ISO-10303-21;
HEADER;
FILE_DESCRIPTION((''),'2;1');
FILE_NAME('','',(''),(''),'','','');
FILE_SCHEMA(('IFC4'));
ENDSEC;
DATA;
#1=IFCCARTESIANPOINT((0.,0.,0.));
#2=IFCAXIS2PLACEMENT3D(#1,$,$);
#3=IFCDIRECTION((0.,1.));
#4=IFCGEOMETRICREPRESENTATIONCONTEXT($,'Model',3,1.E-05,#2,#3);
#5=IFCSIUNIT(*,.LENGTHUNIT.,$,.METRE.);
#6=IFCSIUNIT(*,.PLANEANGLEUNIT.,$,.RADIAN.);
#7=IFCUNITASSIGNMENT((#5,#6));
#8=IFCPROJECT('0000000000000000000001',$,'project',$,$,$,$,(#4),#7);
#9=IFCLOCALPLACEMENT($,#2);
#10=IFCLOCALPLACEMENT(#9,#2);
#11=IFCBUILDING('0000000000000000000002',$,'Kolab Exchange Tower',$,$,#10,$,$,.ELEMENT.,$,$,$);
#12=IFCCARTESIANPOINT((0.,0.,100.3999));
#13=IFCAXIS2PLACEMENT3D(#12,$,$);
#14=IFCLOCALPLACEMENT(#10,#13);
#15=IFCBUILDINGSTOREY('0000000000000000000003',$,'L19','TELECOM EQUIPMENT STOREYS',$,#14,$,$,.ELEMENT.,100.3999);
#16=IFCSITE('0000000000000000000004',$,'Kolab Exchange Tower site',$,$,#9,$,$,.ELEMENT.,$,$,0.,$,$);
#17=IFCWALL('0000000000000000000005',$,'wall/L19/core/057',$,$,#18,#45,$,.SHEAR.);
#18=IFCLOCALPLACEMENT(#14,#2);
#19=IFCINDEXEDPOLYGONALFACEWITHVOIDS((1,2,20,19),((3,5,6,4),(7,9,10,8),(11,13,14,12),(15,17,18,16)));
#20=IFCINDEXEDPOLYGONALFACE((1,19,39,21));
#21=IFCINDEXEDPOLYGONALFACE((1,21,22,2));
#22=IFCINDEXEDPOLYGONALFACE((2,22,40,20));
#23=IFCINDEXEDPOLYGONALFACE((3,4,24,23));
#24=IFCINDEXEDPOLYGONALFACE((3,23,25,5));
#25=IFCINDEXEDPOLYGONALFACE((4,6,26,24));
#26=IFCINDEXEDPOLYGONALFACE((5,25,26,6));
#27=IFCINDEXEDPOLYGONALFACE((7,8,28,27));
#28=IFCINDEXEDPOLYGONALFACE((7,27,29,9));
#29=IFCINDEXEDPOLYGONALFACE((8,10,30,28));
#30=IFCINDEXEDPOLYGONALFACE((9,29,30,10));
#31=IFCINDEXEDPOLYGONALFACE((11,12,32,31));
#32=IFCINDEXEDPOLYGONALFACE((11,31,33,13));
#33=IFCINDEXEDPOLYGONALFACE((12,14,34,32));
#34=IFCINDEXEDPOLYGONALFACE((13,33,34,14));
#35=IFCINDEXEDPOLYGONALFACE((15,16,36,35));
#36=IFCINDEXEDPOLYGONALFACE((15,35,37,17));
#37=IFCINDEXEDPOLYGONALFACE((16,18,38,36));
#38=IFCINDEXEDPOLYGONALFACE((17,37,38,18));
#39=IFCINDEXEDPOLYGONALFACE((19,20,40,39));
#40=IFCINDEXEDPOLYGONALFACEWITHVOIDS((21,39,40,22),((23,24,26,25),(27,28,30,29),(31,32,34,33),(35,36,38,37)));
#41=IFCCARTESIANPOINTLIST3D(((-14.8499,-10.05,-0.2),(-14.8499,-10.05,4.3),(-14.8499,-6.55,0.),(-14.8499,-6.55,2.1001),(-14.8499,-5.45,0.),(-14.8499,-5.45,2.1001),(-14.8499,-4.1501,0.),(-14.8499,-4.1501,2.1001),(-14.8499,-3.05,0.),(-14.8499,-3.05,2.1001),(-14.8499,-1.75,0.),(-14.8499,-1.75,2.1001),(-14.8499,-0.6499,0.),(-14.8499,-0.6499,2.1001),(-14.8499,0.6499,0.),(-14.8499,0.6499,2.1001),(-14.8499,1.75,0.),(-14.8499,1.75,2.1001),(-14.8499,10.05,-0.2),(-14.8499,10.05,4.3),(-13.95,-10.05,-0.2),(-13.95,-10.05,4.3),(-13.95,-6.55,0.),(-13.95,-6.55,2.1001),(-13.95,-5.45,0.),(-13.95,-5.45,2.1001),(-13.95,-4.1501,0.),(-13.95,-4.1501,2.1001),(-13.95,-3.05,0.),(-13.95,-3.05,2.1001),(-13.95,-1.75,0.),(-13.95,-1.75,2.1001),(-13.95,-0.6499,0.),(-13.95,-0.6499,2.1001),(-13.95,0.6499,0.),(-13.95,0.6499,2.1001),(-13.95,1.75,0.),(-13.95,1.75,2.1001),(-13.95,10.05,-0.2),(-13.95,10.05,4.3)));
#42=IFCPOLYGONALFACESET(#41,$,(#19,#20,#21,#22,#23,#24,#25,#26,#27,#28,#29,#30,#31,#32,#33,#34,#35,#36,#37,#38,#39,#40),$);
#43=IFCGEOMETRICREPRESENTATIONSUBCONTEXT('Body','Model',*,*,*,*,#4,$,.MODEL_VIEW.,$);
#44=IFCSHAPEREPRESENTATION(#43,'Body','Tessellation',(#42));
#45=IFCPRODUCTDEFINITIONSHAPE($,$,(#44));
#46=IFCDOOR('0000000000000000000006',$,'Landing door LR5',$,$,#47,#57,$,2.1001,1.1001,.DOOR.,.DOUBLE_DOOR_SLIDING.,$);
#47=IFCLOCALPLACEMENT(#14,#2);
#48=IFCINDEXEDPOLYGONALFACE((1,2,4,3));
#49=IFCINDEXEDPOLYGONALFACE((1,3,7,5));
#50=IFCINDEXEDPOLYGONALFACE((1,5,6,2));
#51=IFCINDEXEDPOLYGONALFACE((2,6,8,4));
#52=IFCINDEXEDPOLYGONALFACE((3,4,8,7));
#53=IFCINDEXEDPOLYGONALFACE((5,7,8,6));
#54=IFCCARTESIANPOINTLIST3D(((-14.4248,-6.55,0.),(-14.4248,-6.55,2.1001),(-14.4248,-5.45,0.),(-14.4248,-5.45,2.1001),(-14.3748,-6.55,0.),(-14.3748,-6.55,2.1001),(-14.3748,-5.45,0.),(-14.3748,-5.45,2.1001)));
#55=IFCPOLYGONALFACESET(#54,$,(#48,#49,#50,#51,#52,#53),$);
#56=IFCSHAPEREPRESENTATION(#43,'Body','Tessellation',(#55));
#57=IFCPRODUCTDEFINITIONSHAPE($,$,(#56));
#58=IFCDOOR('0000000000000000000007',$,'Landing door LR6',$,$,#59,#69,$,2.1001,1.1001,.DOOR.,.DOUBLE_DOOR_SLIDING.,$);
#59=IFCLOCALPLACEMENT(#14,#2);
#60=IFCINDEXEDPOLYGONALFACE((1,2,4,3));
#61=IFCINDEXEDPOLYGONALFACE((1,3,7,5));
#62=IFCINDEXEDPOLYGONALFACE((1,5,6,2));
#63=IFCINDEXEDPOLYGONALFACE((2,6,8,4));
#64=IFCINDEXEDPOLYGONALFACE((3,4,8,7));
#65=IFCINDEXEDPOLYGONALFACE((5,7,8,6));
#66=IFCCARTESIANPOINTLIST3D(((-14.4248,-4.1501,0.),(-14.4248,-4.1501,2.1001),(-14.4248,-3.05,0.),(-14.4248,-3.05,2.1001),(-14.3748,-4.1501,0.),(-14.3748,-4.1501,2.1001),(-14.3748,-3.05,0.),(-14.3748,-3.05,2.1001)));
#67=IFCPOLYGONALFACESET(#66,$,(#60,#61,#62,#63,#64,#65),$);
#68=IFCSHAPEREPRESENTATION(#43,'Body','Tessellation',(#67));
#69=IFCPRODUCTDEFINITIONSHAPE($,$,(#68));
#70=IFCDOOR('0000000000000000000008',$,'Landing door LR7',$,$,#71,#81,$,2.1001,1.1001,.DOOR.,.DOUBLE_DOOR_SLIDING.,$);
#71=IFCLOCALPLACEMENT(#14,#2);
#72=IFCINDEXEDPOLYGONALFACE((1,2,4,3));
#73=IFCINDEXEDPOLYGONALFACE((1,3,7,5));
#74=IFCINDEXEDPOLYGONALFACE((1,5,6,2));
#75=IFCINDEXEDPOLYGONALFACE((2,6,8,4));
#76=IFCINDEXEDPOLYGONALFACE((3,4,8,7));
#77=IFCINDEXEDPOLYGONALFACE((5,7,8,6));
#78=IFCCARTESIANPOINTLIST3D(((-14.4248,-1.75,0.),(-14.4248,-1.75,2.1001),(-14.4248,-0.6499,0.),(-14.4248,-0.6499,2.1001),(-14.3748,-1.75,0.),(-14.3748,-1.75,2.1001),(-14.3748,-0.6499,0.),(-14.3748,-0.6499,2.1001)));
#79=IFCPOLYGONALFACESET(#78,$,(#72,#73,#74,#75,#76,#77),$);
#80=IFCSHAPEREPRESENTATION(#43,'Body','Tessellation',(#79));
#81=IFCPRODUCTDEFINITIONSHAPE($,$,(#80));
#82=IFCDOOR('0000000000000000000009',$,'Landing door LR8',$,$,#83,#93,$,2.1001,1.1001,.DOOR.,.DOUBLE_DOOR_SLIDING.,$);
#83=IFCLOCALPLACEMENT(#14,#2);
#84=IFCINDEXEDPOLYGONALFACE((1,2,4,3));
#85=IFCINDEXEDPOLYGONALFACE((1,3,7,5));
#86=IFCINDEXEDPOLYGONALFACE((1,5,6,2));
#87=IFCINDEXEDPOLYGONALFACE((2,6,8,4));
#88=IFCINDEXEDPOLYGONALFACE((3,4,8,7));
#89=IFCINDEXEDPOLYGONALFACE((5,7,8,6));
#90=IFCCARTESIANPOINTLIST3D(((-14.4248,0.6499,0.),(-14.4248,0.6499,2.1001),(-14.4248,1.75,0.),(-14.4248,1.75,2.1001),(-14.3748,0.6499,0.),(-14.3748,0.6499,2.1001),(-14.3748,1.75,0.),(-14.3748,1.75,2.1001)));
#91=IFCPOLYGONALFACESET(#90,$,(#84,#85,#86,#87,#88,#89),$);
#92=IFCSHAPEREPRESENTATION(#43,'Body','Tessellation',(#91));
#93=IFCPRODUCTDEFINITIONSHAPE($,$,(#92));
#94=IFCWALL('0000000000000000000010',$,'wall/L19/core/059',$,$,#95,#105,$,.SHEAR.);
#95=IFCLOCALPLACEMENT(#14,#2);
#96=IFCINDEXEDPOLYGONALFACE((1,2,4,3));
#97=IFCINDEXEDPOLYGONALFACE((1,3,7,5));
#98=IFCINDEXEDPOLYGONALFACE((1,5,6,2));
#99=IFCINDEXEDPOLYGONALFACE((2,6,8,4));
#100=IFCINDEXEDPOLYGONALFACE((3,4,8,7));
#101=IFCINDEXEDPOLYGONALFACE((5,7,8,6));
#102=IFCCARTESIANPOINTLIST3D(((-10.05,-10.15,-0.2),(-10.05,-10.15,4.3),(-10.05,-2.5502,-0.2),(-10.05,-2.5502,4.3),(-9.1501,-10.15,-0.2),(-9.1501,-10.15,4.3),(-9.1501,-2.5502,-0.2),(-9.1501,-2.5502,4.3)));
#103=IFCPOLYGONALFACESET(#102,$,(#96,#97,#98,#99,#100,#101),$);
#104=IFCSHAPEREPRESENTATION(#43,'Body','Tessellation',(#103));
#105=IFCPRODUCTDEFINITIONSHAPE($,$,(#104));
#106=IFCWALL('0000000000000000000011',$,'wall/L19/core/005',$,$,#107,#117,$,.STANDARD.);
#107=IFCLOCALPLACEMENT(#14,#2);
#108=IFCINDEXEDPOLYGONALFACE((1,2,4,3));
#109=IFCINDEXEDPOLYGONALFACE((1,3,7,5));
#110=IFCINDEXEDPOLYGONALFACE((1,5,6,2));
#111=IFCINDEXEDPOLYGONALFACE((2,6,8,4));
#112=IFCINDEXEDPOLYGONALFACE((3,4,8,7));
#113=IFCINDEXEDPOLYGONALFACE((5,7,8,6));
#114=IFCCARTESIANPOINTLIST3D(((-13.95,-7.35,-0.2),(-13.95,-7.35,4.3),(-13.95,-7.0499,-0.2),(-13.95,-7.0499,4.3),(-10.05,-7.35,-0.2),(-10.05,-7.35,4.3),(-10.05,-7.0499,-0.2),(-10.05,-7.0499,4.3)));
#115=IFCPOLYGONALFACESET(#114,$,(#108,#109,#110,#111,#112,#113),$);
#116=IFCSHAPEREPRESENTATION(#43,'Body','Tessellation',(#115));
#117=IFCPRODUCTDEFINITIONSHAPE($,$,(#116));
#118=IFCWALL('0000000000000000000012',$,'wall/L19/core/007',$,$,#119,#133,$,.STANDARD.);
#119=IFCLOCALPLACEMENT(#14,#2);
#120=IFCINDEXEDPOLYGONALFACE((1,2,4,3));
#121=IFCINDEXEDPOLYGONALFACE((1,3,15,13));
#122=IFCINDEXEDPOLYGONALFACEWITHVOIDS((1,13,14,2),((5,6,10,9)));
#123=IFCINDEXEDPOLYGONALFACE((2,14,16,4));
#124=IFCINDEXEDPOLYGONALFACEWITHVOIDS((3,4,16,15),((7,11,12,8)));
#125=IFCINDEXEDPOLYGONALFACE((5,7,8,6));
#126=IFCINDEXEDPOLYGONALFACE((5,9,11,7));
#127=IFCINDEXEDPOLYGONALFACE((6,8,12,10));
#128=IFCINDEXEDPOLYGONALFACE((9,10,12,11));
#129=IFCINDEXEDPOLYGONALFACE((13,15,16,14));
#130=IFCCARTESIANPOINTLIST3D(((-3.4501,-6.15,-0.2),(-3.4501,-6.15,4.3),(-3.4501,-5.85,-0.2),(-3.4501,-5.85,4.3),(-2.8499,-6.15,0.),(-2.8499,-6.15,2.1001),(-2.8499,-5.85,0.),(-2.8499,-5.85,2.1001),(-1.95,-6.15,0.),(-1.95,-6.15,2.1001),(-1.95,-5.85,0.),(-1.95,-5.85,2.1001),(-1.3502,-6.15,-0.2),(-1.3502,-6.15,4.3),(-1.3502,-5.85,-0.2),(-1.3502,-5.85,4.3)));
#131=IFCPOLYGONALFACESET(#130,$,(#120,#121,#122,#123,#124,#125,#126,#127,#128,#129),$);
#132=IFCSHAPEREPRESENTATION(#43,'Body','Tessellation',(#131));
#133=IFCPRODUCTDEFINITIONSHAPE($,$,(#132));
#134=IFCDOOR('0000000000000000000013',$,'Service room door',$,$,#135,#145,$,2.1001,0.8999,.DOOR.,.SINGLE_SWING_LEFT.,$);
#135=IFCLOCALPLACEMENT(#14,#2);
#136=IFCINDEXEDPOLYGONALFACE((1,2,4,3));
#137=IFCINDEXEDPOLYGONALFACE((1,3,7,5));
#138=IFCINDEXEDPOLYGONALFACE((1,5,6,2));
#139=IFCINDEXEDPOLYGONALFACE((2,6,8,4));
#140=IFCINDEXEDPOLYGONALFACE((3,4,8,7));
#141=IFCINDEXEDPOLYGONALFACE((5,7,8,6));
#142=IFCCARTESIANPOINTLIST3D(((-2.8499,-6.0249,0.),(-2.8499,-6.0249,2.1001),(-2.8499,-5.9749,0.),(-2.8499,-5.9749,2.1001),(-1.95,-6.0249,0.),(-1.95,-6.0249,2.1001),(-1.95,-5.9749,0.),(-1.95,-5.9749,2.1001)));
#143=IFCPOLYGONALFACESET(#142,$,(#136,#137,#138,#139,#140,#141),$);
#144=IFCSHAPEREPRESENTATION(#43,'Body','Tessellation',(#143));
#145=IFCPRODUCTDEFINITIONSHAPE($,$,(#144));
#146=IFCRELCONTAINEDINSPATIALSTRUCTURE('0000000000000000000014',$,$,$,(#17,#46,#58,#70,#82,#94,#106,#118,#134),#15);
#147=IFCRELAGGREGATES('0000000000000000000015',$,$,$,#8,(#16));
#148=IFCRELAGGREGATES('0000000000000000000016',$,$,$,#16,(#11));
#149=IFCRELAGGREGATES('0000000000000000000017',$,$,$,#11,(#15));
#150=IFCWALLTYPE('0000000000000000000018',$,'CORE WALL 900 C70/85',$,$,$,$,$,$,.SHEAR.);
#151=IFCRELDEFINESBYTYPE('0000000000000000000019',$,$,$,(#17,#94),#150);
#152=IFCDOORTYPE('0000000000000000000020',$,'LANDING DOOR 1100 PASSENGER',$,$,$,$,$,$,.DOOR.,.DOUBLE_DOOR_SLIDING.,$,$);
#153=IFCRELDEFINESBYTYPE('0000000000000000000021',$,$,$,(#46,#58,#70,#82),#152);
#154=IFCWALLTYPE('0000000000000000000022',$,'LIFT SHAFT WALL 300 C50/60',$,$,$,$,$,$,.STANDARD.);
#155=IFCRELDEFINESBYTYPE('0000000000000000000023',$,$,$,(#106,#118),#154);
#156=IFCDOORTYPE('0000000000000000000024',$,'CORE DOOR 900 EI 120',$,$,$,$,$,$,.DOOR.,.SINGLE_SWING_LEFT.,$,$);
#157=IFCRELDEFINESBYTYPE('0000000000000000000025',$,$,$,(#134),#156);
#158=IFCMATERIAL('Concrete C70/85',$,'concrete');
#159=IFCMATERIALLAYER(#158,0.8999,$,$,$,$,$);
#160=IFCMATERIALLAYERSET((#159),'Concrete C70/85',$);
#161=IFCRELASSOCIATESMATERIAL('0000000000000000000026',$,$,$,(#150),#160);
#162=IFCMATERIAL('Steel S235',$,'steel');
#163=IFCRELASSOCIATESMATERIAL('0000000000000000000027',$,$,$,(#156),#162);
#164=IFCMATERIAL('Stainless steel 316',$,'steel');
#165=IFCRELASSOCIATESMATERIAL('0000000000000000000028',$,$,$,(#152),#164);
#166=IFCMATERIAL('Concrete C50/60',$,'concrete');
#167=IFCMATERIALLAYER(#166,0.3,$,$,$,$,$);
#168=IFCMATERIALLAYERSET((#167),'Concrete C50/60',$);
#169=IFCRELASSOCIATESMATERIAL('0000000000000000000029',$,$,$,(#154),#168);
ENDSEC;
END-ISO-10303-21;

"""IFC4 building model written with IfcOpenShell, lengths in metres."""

from ifc_helpers import new_model, si_unit, direction, frame, frame_2d, origin, place, context, subcontext, project, spatial, rectangle, extrude, material, layer, layer_set, type_object, element, fill, save


model = new_model("IFC4")

# Units and contexts
model_context = context("Model", 3, precision=1e-05, world=origin(), true_north=direction((0.0, 1.0)))
body_context = subcontext(model_context, "Body", "Model", "MODEL_VIEW")
ifc_project = project(units=[si_unit("LENGTHUNIT", "METRE"), si_unit("PLANEANGLEUNIT", "RADIAN")], contexts=[model_context])

# Site, building, storey
site_placement = place(None, origin())
site = spatial("IfcSite", under=ifc_project, at=site_placement, Name="Kolab Exchange Tower site", CompositionType="ELEMENT", RefElevation=0.0)
building_placement = place(site_placement, origin())
building = spatial("IfcBuilding", under=site, at=building_placement, Name="Kolab Exchange Tower", CompositionType="ELEMENT")
storey_placement = place(building_placement, frame((0.0, 0.0, 100.3999)))
storey = spatial("IfcBuildingStorey", under=building, at=storey_placement, Name="L19", Description="TELECOM EQUIPMENT STOREYS", CompositionType="ELEMENT", Elevation=100.3999)

# Shared definitions
ifc_material_1 = material(Name="Concrete C70/85", Category="concrete")
ifc_layer_1 = layer(ifc_material_1, 0.8999)
ifc_layer_set_1 = layer_set([ifc_layer_1], Name="Concrete C70/85")
wall_type_1 = type_object("IfcWallType", Name="CORE WALL 900 C70/85", PredefinedType="SHEAR", material=ifc_layer_set_1)
ifc_material_2 = material(Name="Steel S235", Category="steel")
door_type_1 = type_object("IfcDoorType", Name="CORE DOOR 900 EI 120", OperationType="SINGLE_SWING_LEFT", PredefinedType="DOOR", material=ifc_material_2)

# Wall, openings, doors
wall_1_placement = place(storey_placement, frame((-14.3999, -10.05, -0.2), z_axis=(0.0, 0.0, 1.0), x_axis=(0.0, 1.0, 0.0)))
wall_1 = element("IfcWall", 1, at=wall_1_placement, inside=storey, type_object=wall_type_1, Name="wall/L19/core/057", PredefinedType="SHEAR", context=body_context, shape_type="SweptSolid", body=[
    extrude(rectangle(XDim=20.1001, YDim=0.8999, at=frame_2d((10.05, 0.0))), origin(), (0.0, 0.0, 1.0), 4.5),
])
opening_1_placement = place(wall_1_placement, frame((3.5, 0.0, 0.2)))
opening_1 = element("IfcOpeningElement", 2, at=opening_1_placement, cuts=wall_1, PredefinedType="OPENING", context=body_context, shape_type="SweptSolid", body=[
    extrude(rectangle(XDim=1.1001, YDim=2.1001, at=frame_2d((0.55, 1.05))), frame((0.0, 0.46, 0.0), z_axis=(0.0, -1.0, 0.0), x_axis=(1.0, 0.0, 0.0)), (0.0, 0.0, 1.0), 0.9199),
])
opening_2_placement = place(wall_1_placement, frame((5.8999, 0.0, 0.2)))
opening_2 = element("IfcOpeningElement", 3, at=opening_2_placement, cuts=wall_1, PredefinedType="OPENING", context=body_context, shape_type="SweptSolid", body=[
    extrude(rectangle(XDim=1.1001, YDim=2.1001, at=frame_2d((0.55, 1.05))), frame((0.0, 0.46, 0.0), z_axis=(0.0, -1.0, 0.0), x_axis=(1.0, 0.0, 0.0)), (0.0, 0.0, 1.0), 0.9199),
])
opening_3_placement = place(wall_1_placement, frame((8.3, 0.0, 0.2)))
opening_3 = element("IfcOpeningElement", 4, at=opening_3_placement, cuts=wall_1, PredefinedType="OPENING", context=body_context, shape_type="SweptSolid", body=[
    extrude(rectangle(XDim=1.1001, YDim=2.1001, at=frame_2d((0.55, 1.05))), frame((0.0, 0.46, 0.0), z_axis=(0.0, -1.0, 0.0), x_axis=(1.0, 0.0, 0.0)), (0.0, 0.0, 1.0), 0.9199),
])
opening_4_placement = place(wall_1_placement, frame((10.7, 0.0, 0.2)))
opening_4 = element("IfcOpeningElement", 5, at=opening_4_placement, cuts=wall_1, PredefinedType="OPENING", context=body_context, shape_type="SweptSolid", body=[
    extrude(rectangle(XDim=1.1001, YDim=2.1001, at=frame_2d((0.55, 1.05))), frame((0.0, 0.46, 0.0), z_axis=(0.0, -1.0, 0.0), x_axis=(1.0, 0.0, 0.0)), (0.0, 0.0, 1.0), 0.9199),
])
ifc_material_3 = material(Name="Stainless steel 316", Category="steel")
door_type_2 = type_object("IfcDoorType", Name="LANDING DOOR 1100 PASSENGER", OperationType="DOUBLE_DOOR_SLIDING", PredefinedType="DOOR", material=ifc_material_3)
door_1_placement = place(opening_1_placement, origin())
door_1 = element("IfcDoor", 6, at=door_1_placement, inside=storey, type_object=door_type_2, Name="Landing door LR5", OperationType="DOUBLE_DOOR_SLIDING", OverallHeight=2.1001, OverallWidth=1.1001, PredefinedType="DOOR", context=body_context, shape_type="SweptSolid", body=[
    extrude(rectangle(XDim=1.1001, YDim=2.1001, at=frame_2d((0.55, 1.05))), frame((0.0, 0.0249, 0.0), z_axis=(0.0, -1.0, 0.0), x_axis=(1.0, 0.0, 0.0)), (0.0, 0.0, 1.0), 0.05),
])
fill(opening_1, door_1)
door_2_placement = place(opening_2_placement, origin())
door_2 = element("IfcDoor", 7, at=door_2_placement, inside=storey, type_object=door_type_2, Name="Landing door LR6", OperationType="DOUBLE_DOOR_SLIDING", OverallHeight=2.1001, OverallWidth=1.1001, PredefinedType="DOOR", context=body_context, shape_type="SweptSolid", body=[
    extrude(rectangle(XDim=1.1001, YDim=2.1001, at=frame_2d((0.55, 1.05))), frame((0.0, 0.0249, 0.0), z_axis=(0.0, -1.0, 0.0), x_axis=(1.0, 0.0, 0.0)), (0.0, 0.0, 1.0), 0.05),
])
fill(opening_2, door_2)
door_3_placement = place(opening_3_placement, origin())
door_3 = element("IfcDoor", 8, at=door_3_placement, inside=storey, type_object=door_type_2, Name="Landing door LR7", OperationType="DOUBLE_DOOR_SLIDING", OverallHeight=2.1001, OverallWidth=1.1001, PredefinedType="DOOR", context=body_context, shape_type="SweptSolid", body=[
    extrude(rectangle(XDim=1.1001, YDim=2.1001, at=frame_2d((0.55, 1.05))), frame((0.0, 0.0249, 0.0), z_axis=(0.0, -1.0, 0.0), x_axis=(1.0, 0.0, 0.0)), (0.0, 0.0, 1.0), 0.05),
])
fill(opening_3, door_3)
door_4_placement = place(opening_4_placement, origin())
door_4 = element("IfcDoor", 9, at=door_4_placement, inside=storey, type_object=door_type_2, Name="Landing door LR8", OperationType="DOUBLE_DOOR_SLIDING", OverallHeight=2.1001, OverallWidth=1.1001, PredefinedType="DOOR", context=body_context, shape_type="SweptSolid", body=[
    extrude(rectangle(XDim=1.1001, YDim=2.1001, at=frame_2d((0.55, 1.05))), frame((0.0, 0.0249, 0.0), z_axis=(0.0, -1.0, 0.0), x_axis=(1.0, 0.0, 0.0)), (0.0, 0.0, 1.0), 0.05),
])
fill(opening_4, door_4)

# Walls
wall_2_placement = place(storey_placement, frame((-9.6001, -10.1499, -0.2), z_axis=(0.0, 0.0, 1.0), x_axis=(0.0, 1.0, 0.0)))
element("IfcWall", 10, at=wall_2_placement, inside=storey, type_object=wall_type_1, Name="wall/L19/core/059", PredefinedType="SHEAR", context=body_context, shape_type="SweptSolid", body=[
    extrude(rectangle(XDim=7.5999, YDim=0.8999, at=frame_2d((3.7998, 0.0))), origin(), (0.0, 0.0, 1.0), 4.5),
])
ifc_material_4 = material(Name="Concrete C50/60", Category="concrete")
ifc_layer_2 = layer(ifc_material_4, 0.3)
ifc_layer_set_2 = layer_set([ifc_layer_2], Name="Concrete C50/60")
wall_type_2 = type_object("IfcWallType", Name="LIFT SHAFT WALL 300 C50/60", PredefinedType="STANDARD", material=ifc_layer_set_2)
wall_3_placement = place(storey_placement, frame((-13.95, -7.2, -0.2), z_axis=(0.0, 0.0, 1.0), x_axis=(1.0, 0.0, 0.0)))
element("IfcWall", 11, at=wall_3_placement, inside=storey, type_object=wall_type_2, Name="wall/L19/core/005", PredefinedType="STANDARD", context=body_context, shape_type="SweptSolid", body=[
    extrude(rectangle(XDim=3.8999, YDim=0.3, at=frame_2d((1.95, 0.0))), origin(), (0.0, 0.0, 1.0), 4.5),
])

# Wall, opening, door
wall_4_placement = place(storey_placement, frame((-3.45, -6.0, -0.2), z_axis=(0.0, 0.0, 1.0), x_axis=(1.0, 0.0, 0.0)))
wall_4 = element("IfcWall", 12, at=wall_4_placement, inside=storey, type_object=wall_type_2, Name="wall/L19/core/007", PredefinedType="STANDARD", context=body_context, shape_type="SweptSolid", body=[
    extrude(rectangle(XDim=2.0999, YDim=0.3, at=frame_2d((1.0498, 0.0))), origin(), (0.0, 0.0, 1.0), 4.5),
])
opening_5_placement = place(wall_4_placement, frame((0.6001, 0.0, 0.2)))
opening_5 = element("IfcOpeningElement", 13, at=opening_5_placement, cuts=wall_4, PredefinedType="OPENING", context=body_context, shape_type="SweptSolid", body=[
    extrude(rectangle(XDim=0.8999, YDim=2.1001, at=frame_2d((0.45, 1.05))), frame((0.0, 0.1602, 0.0), z_axis=(0.0, -1.0, 0.0), x_axis=(1.0, 0.0, 0.0)), (0.0, 0.0, 1.0), 0.3201),
])
door_5_placement = place(opening_5_placement, frame((0.8999, 0.0, 0.0), z_axis=(0.0, 0.0, 1.0), x_axis=(-1.0, 0.0, 0.0)))
door_5 = element("IfcDoor", 14, at=door_5_placement, inside=storey, type_object=door_type_1, Name="Service room door", OperationType="SINGLE_SWING_LEFT", OverallHeight=2.1001, OverallWidth=0.8999, PredefinedType="DOOR", context=body_context, shape_type="SweptSolid", body=[
    extrude(rectangle(XDim=0.8999, YDim=2.1001, at=frame_2d((0.45, 1.05))), frame((0.0, 0.0249, 0.0), z_axis=(0.0, -1.0, 0.0), x_axis=(1.0, 0.0, 0.0)), (0.0, 0.0, 1.0), 0.05),
])
fill(opening_5, door_5)

save(model, "model.ifc")
